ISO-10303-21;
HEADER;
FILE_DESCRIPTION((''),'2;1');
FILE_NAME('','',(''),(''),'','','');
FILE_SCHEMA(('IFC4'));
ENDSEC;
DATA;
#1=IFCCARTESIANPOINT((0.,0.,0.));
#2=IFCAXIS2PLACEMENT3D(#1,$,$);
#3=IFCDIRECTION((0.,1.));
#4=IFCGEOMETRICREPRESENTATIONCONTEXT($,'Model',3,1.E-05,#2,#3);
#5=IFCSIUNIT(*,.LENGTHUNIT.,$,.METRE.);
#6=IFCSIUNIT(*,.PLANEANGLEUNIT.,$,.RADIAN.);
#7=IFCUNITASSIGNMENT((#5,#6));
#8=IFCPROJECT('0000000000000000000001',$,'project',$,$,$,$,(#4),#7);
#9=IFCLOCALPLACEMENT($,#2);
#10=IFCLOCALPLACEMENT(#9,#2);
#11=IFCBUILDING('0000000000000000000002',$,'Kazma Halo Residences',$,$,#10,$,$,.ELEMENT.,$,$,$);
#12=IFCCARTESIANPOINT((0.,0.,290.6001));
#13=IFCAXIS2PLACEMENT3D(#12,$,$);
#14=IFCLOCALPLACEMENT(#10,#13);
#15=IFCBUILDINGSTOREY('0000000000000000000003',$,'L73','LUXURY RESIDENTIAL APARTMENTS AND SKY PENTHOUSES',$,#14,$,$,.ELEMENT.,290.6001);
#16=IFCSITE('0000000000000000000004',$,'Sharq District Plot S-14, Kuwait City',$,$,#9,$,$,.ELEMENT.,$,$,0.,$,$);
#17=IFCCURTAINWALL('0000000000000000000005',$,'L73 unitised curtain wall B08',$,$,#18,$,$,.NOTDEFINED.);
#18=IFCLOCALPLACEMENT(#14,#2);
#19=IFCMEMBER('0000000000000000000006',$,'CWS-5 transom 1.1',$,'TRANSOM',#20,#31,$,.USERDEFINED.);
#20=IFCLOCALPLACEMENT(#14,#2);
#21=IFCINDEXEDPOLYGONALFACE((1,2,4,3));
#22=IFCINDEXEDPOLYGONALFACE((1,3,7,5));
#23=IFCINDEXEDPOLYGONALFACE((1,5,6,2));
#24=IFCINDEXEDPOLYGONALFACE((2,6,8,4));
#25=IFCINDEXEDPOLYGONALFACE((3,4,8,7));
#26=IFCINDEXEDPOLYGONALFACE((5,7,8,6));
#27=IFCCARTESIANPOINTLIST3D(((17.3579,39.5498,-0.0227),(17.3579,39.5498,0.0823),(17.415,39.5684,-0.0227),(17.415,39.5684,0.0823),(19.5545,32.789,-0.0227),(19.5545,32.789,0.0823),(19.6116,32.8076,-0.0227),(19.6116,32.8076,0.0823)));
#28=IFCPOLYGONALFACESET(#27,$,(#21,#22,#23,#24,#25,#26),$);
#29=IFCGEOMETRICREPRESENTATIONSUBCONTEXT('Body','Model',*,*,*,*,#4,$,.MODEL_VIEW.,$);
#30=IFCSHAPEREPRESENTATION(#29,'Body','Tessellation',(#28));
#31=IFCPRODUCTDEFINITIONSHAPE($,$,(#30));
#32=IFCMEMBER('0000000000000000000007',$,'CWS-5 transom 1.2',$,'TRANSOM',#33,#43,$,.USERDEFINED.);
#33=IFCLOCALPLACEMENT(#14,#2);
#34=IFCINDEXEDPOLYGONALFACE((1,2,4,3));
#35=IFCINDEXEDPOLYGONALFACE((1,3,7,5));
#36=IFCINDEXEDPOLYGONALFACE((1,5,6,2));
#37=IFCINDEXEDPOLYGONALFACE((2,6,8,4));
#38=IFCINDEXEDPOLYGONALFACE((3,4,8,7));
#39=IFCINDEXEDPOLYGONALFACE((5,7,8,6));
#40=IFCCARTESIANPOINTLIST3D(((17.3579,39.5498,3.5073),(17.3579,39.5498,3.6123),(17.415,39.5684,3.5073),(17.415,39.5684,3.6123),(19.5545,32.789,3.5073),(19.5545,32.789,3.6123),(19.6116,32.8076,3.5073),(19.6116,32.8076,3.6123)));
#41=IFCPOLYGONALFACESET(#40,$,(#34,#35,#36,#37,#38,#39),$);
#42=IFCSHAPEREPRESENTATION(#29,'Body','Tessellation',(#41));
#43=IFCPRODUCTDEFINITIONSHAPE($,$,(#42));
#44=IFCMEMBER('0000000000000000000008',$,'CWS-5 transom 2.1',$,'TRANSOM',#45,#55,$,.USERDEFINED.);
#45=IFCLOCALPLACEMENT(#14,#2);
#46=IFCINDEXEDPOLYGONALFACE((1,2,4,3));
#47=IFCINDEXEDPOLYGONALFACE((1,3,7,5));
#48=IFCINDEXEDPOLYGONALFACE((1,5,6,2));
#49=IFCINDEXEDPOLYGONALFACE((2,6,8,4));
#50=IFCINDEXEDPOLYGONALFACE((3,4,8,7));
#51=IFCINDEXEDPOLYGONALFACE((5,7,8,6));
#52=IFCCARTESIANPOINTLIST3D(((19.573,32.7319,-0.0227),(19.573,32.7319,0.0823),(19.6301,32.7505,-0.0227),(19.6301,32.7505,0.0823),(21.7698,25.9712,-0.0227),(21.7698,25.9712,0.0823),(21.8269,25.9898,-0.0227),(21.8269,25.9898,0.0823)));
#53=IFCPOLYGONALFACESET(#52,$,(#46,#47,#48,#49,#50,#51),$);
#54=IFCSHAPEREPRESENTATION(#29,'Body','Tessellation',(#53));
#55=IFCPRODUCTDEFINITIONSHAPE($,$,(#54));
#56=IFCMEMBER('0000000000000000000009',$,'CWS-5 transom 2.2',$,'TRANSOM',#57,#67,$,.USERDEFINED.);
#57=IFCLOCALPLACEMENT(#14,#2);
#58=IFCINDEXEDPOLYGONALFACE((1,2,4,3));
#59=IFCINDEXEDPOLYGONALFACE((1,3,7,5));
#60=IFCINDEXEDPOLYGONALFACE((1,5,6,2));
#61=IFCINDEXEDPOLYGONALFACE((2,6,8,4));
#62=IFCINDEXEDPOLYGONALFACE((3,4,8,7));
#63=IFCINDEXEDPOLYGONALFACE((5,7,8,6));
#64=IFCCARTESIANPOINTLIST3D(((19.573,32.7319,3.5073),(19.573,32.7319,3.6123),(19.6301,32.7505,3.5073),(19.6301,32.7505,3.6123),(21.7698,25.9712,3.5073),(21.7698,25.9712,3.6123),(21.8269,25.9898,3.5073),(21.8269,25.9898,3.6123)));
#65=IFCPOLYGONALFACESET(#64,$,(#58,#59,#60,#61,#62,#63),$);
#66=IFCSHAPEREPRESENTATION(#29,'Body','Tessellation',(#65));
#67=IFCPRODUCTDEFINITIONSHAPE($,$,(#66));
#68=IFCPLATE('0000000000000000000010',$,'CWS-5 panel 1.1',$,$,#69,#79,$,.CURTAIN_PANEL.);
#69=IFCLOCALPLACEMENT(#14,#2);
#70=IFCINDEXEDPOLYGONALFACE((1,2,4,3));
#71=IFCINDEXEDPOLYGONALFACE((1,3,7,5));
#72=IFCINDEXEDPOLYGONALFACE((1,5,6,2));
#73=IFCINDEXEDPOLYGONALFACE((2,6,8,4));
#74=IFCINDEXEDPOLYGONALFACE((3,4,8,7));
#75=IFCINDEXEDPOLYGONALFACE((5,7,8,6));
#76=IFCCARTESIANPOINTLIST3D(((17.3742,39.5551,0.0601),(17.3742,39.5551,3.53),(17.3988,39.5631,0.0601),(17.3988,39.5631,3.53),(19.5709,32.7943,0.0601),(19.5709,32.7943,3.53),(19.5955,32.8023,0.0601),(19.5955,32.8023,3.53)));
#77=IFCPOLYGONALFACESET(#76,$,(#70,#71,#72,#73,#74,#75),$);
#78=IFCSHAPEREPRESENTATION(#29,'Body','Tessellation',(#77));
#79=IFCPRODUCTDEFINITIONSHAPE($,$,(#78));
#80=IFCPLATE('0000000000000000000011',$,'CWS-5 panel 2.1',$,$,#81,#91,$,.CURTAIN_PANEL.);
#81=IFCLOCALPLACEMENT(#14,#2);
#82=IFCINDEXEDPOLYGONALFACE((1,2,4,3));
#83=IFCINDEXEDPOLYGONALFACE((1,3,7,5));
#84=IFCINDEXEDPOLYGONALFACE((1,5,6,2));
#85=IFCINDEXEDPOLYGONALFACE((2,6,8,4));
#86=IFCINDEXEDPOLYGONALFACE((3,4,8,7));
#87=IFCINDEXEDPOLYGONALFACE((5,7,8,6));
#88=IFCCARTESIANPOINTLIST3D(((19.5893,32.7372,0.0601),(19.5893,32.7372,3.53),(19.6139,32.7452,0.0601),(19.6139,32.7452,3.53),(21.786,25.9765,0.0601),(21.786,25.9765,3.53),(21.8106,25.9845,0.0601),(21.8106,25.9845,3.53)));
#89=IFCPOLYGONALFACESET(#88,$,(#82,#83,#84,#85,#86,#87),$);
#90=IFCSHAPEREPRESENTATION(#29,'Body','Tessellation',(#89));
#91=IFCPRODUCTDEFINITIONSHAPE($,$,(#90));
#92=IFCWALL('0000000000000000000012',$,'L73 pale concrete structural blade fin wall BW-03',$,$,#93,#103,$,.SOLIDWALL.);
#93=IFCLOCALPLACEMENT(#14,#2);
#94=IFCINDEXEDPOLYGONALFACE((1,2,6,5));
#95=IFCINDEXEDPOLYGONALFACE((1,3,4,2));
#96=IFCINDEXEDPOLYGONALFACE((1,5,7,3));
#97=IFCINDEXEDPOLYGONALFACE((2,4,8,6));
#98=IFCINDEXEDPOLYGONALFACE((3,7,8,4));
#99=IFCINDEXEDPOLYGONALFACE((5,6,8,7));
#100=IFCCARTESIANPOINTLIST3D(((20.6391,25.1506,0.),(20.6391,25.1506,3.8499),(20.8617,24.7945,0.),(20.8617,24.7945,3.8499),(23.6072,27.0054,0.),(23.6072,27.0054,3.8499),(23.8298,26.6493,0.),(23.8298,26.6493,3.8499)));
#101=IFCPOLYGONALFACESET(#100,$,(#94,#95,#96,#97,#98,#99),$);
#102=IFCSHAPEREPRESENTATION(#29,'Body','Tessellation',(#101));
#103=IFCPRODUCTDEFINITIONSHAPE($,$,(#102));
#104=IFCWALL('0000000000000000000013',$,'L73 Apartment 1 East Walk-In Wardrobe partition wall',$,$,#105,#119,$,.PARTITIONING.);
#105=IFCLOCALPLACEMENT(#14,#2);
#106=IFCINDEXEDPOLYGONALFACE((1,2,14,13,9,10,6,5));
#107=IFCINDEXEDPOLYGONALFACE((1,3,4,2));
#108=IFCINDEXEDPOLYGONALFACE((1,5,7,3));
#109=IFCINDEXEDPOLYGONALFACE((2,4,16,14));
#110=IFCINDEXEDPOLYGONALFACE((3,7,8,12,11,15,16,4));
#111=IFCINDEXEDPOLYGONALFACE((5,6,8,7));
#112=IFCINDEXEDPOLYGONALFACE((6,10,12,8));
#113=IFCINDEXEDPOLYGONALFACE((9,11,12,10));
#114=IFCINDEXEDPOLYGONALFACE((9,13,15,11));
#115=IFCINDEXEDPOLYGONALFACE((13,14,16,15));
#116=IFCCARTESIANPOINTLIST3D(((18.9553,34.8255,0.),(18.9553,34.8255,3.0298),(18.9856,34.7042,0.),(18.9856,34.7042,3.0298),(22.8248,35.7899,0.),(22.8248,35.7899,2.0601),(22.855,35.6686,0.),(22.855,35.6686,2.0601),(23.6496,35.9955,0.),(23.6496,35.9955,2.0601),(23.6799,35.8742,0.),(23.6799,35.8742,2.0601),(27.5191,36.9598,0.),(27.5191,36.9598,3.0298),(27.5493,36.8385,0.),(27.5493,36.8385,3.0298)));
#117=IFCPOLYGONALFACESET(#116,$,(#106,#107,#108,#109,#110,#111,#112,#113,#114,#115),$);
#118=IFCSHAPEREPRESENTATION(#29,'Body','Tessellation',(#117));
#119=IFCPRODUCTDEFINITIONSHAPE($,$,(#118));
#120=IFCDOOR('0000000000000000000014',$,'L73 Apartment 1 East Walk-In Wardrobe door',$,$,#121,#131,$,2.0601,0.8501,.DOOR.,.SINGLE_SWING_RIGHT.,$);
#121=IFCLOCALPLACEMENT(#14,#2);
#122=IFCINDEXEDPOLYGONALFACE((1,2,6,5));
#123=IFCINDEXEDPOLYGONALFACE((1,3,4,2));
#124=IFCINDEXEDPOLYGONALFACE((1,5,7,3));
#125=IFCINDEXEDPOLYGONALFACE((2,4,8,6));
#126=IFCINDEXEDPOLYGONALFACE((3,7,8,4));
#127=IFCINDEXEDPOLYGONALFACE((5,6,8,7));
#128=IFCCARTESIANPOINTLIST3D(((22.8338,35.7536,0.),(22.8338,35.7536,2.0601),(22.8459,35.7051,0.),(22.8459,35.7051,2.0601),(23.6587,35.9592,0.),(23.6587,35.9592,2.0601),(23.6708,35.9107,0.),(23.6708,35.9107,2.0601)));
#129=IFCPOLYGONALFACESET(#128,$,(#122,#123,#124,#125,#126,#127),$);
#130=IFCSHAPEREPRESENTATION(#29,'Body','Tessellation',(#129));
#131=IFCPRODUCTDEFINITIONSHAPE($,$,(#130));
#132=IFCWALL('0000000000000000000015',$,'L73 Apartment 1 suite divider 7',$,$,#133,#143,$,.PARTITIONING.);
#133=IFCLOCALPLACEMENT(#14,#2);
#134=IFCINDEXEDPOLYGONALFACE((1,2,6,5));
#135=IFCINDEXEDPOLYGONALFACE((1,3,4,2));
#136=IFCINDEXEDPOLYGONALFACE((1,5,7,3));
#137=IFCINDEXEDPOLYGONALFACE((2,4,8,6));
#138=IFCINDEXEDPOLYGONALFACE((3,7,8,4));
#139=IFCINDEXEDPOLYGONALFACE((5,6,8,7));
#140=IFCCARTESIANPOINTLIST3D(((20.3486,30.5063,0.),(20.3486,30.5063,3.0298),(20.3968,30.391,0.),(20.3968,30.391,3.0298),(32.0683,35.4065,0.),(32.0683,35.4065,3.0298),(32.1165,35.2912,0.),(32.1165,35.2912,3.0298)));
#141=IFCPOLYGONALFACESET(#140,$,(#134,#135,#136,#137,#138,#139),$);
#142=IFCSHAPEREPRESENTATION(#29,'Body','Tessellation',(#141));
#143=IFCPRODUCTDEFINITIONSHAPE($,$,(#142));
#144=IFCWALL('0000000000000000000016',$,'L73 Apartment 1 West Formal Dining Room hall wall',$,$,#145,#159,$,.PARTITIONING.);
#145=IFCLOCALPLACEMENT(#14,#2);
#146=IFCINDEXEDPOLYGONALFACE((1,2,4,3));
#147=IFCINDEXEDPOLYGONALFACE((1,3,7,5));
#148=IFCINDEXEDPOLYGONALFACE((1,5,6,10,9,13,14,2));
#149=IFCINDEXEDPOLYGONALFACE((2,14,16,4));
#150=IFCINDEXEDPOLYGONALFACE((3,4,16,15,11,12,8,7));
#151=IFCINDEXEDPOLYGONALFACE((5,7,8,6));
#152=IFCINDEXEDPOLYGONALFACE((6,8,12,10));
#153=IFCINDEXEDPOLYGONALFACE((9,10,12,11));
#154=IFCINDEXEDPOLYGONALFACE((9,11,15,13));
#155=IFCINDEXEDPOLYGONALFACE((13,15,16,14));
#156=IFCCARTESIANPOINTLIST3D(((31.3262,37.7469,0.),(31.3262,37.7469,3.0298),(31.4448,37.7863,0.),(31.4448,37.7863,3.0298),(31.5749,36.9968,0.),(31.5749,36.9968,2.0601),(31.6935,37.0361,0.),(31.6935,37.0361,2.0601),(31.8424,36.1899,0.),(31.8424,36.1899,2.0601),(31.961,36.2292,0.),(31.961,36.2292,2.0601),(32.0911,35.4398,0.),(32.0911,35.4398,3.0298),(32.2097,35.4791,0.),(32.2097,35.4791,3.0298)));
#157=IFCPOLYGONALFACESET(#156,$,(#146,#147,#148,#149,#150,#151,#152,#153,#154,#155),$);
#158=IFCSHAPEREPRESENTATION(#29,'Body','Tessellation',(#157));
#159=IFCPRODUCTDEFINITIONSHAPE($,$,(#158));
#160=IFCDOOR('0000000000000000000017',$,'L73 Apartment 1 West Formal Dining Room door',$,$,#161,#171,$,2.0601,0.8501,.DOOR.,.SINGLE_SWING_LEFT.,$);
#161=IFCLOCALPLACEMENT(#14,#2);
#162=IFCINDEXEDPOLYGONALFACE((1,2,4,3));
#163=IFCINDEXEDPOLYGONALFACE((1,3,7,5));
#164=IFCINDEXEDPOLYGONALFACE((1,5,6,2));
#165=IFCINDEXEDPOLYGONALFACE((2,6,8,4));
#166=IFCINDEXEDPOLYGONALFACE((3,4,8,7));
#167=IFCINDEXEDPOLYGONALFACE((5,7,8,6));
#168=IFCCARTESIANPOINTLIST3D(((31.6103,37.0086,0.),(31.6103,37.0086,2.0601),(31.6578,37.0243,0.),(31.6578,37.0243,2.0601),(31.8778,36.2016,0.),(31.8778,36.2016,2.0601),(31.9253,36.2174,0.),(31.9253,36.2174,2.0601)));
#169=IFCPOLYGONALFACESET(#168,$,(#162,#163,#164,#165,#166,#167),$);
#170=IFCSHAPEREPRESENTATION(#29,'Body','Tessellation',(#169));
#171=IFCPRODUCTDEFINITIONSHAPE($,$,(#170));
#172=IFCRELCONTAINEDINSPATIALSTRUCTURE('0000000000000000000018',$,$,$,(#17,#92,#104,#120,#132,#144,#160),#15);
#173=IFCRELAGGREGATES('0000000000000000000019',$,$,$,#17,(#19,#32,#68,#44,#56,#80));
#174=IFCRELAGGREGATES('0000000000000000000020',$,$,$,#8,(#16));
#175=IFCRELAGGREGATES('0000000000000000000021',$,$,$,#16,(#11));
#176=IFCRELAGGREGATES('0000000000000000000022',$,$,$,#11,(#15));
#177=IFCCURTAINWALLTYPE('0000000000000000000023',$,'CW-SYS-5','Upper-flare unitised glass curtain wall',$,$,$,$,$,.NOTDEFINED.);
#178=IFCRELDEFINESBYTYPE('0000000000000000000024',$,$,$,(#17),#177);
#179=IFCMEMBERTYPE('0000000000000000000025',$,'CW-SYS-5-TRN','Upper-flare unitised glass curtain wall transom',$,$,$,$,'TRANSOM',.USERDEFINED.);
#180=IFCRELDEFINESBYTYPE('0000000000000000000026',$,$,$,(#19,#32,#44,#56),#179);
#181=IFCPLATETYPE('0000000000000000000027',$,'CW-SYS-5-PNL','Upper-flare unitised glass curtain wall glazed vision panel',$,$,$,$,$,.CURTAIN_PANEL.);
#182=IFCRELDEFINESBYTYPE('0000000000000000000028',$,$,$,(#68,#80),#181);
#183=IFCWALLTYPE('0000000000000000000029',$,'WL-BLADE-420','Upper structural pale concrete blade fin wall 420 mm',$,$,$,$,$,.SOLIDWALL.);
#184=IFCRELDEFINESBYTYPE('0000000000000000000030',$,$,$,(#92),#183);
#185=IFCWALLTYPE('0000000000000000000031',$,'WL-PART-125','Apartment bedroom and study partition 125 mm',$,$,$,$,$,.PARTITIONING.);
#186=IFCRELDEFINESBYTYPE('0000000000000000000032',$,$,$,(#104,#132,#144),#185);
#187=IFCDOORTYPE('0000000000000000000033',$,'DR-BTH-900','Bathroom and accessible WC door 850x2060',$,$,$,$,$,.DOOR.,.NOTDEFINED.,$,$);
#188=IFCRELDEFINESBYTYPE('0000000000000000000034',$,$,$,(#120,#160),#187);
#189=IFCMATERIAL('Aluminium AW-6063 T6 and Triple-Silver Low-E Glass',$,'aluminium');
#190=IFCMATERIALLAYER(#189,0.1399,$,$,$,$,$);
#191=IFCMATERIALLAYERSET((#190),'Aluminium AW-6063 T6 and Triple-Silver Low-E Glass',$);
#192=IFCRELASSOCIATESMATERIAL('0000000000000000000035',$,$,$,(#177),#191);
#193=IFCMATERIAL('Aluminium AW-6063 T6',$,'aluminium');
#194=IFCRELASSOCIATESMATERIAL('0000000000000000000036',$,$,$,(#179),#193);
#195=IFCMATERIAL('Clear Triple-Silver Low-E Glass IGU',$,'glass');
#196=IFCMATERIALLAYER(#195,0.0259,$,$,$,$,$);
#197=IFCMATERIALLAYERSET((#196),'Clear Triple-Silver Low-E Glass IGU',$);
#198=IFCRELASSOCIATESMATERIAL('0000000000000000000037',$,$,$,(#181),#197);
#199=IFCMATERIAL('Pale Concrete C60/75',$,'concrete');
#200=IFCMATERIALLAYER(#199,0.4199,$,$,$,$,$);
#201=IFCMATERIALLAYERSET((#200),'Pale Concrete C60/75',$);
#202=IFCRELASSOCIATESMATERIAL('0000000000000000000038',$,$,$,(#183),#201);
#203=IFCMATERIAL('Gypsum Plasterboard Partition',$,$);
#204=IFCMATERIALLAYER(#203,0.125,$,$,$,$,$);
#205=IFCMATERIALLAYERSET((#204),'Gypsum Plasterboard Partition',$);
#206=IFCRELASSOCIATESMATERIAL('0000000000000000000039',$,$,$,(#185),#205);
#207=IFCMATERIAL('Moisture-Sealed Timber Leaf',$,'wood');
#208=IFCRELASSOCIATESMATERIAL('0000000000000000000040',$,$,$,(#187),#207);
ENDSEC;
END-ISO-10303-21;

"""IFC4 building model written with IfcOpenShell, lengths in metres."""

from ifc_helpers import new_model, si_unit, direction, frame, frame_2d, origin, origin_2d, place, context, subcontext, project, spatial, rectangle, extrude, material, layer, layer_set, material_profile, profile_set, type_object, element, fill, aggregate, save


model = new_model("IFC4")

# Units and contexts
model_context = context("Model", 3, precision=1e-05, world=origin(), true_north=direction((0.0, 1.0)))
body_context = subcontext(model_context, "Body", "Model", "MODEL_VIEW")
ifc_project = project(units=[si_unit("LENGTHUNIT", "METRE"), si_unit("PLANEANGLEUNIT", "RADIAN")], contexts=[model_context])

# Site, building, storey
site_placement = place(None, origin())
site = spatial("IfcSite", under=ifc_project, at=site_placement, Name="Sharq District Plot S-14, Kuwait City", CompositionType="ELEMENT", RefElevation=0.0)
building_placement = place(site_placement, origin())
building = spatial("IfcBuilding", under=site, at=building_placement, Name="Kazma Halo Residences", CompositionType="ELEMENT")
storey_placement = place(building_placement, frame((0.0, 0.0, 290.6001)))
storey = spatial("IfcBuildingStorey", under=building, at=storey_placement, Name="L73", Description="LUXURY RESIDENTIAL APARTMENTS AND SKY PENTHOUSES", CompositionType="ELEMENT", Elevation=290.6001)

# Curtain wall, members, plates
ifc_material_1 = material(Name="Aluminium AW-6063 T6 and Triple-Silver Low-E Glass", Category="aluminium")
ifc_layer_1 = layer(ifc_material_1, 0.1399)
ifc_layer_set_1 = layer_set([ifc_layer_1], Name="Aluminium AW-6063 T6 and Triple-Silver Low-E Glass")
curtain_wall_type = type_object("IfcCurtainWallType", Name="CW-SYS-5", Description="Upper-flare unitised glass curtain wall", PredefinedType="NOTDEFINED", material=ifc_layer_set_1)
curtain_wall_placement = place(storey_placement, origin())
curtain_wall = element("IfcCurtainWall", 1, at=curtain_wall_placement, inside=storey, type_object=curtain_wall_type, Name="L73 unitised curtain wall B08", PredefinedType="NOTDEFINED")
ifc_material_2 = material(Name="Aluminium AW-6063 T6", Category="aluminium")
ifc_material_profile_1 = material_profile(ifc_material_2, rectangle(XDim=0.0601, YDim=0.105, at=origin_2d()), Name="CWT-60x105")
ifc_profile_set_1 = profile_set([ifc_material_profile_1], Name="Aluminium AW-6063 T6")
member_type_1 = type_object("IfcMemberType", Name="CW-SYS-5-TRN", Description="Upper-flare unitised glass curtain wall transom", ElementType="TRANSOM", PredefinedType="USERDEFINED", material=ifc_profile_set_1)
member_1_placement = place(storey_placement, frame((17.3865, 39.5591, 0.0298), z_axis=(0.308996, -0.951063, 0.0), x_axis=(0.951063, 0.308996, 0.0)))
member_1 = element("IfcMember", 2, at=member_1_placement, type_object=member_type_1, Name="CWS-5 transom 1.1", ObjectType="TRANSOM", PredefinedType="USERDEFINED", context=body_context, shape_type="SweptSolid", body=[
    extrude(rectangle(XDim=0.0601, YDim=0.105, at=origin_2d()), origin(), (0.0, 0.0, 1.0), 7.1086),
])
member_2_placement = place(storey_placement, frame((17.3865, 39.5591, 3.5598), z_axis=(0.308996, -0.951063, 0.0), x_axis=(0.951063, 0.308996, 0.0)))
member_2 = element("IfcMember", 3, at=member_2_placement, type_object=member_type_1, Name="CWS-5 transom 1.2", ObjectType="TRANSOM", PredefinedType="USERDEFINED", context=body_context, shape_type="SweptSolid", body=[
    extrude(rectangle(XDim=0.0601, YDim=0.105, at=origin_2d()), origin(), (0.0, 0.0, 1.0), 7.1086),
])
member_3_placement = place(storey_placement, frame((19.6016, 32.7412, 0.0298), z_axis=(0.309027, -0.951053, 0.0), x_axis=(0.951053, 0.309027, 0.0)))
member_3 = element("IfcMember", 4, at=member_3_placement, type_object=member_type_1, Name="CWS-5 transom 2.1", ObjectType="TRANSOM", PredefinedType="USERDEFINED", context=body_context, shape_type="SweptSolid", body=[
    extrude(rectangle(XDim=0.0601, YDim=0.105, at=origin_2d()), origin(), (0.0, 0.0, 1.0), 7.1086),
])
member_4_placement = place(storey_placement, frame((19.6016, 32.7412, 3.5598), z_axis=(0.309027, -0.951053, 0.0), x_axis=(0.951053, 0.309027, 0.0)))
member_4 = element("IfcMember", 5, at=member_4_placement, type_object=member_type_1, Name="CWS-5 transom 2.2", ObjectType="TRANSOM", PredefinedType="USERDEFINED", context=body_context, shape_type="SweptSolid", body=[
    extrude(rectangle(XDim=0.0601, YDim=0.105, at=origin_2d()), origin(), (0.0, 0.0, 1.0), 7.1086),
])
ifc_material_3 = material(Name="Clear Triple-Silver Low-E Glass IGU", Category="glass")
ifc_layer_2 = layer(ifc_material_3, 0.0259)
ifc_layer_set_2 = layer_set([ifc_layer_2], Name="Clear Triple-Silver Low-E Glass IGU")
plate_type = type_object("IfcPlateType", Name="CW-SYS-5-PNL", Description="Upper-flare unitised glass curtain wall glazed vision panel", PredefinedType="CURTAIN_PANEL", material=ifc_layer_set_2)
plate_1_placement = place(storey_placement, frame((18.4849, 36.1787, 0.0601), z_axis=(0.0, 0.0, 1.0), x_axis=(0.309011, -0.951058, 0.0)))
plate_1 = element("IfcPlate", 6, at=plate_1_placement, type_object=plate_type, Name="CWS-5 panel 1.1", PredefinedType="CURTAIN_PANEL", context=body_context, shape_type="SweptSolid", body=[
    extrude(rectangle(XDim=7.1086, YDim=0.0259, at=origin_2d()), origin(), (0.0, 0.0, 1.0), 3.47),
])
plate_2_placement = place(storey_placement, frame((20.7, 29.3608, 0.0601), z_axis=(0.0, 0.0, 1.0), x_axis=(0.309011, -0.951058, 0.0)))
plate_2 = element("IfcPlate", 7, at=plate_2_placement, type_object=plate_type, Name="CWS-5 panel 2.1", PredefinedType="CURTAIN_PANEL", context=body_context, shape_type="SweptSolid", body=[
    extrude(rectangle(XDim=7.1086, YDim=0.0259, at=origin_2d()), origin(), (0.0, 0.0, 1.0), 3.47),
])
aggregate(curtain_wall, [member_1, member_2, plate_1, member_3, member_4, plate_2])

# Wall
ifc_material_4 = material(Name="Pale Concrete C60/75", Category="concrete")
ifc_layer_3 = layer(ifc_material_4, 0.4199)
ifc_layer_set_3 = layer_set([ifc_layer_3], Name="Pale Concrete C60/75")
wall_type_1 = type_object("IfcWallType", Name="WL-BLADE-420", Description="Upper structural pale concrete blade fin wall 420 mm", PredefinedType="SOLIDWALL", material=ifc_layer_set_3)
wall_1_placement = place(storey_placement, frame((23.7185, 26.8274, 0.0), z_axis=(0.0, 0.0, 1.0), x_axis=(-0.848034, -0.529943, 0.0)))
element("IfcWall", 8, at=wall_1_placement, inside=storey, type_object=wall_type_1, Name="L73 pale concrete structural blade fin wall BW-03", PredefinedType="SOLIDWALL", context=body_context, shape_type="SweptSolid", body=[
    extrude(rectangle(XDim=3.5, YDim=0.4199, at=frame_2d((1.75, 0.0))), origin(), (0.0, 0.0, 1.0), 3.8499),
])

# Wall, opening, door
ifc_material_5 = material(Name="Gypsum Plasterboard Partition")
ifc_layer_4 = layer(ifc_material_5, 0.125)
ifc_layer_set_4 = layer_set([ifc_layer_4], Name="Gypsum Plasterboard Partition")
wall_type_2 = type_object("IfcWallType", Name="WL-PART-125", Description="Apartment bedroom and study partition 125 mm", PredefinedType="PARTITIONING", material=ifc_layer_set_4)
wall_2_placement = place(storey_placement, frame((27.5342, 36.8992, 0.0), z_axis=(0.0, 0.0, 1.0), x_axis=(-0.97032, -0.241826, 0.0)))
wall_2 = element("IfcWall", 9, at=wall_2_placement, inside=storey, type_object=wall_type_2, Name="L73 Apartment 1 East Walk-In Wardrobe partition wall", PredefinedType="PARTITIONING", context=body_context, shape_type="SweptSolid", body=[
    extrude(rectangle(XDim=8.8257, YDim=0.125, at=frame_2d((4.4128, 0.0))), origin(), (0.0, 0.0, 1.0), 3.0298),
])
opening_1_placement = place(wall_2_placement, frame((3.9878, 0.0, 0.0)))
opening_1 = element("IfcOpeningElement", 10, at=opening_1_placement, cuts=wall_2, PredefinedType="OPENING", context=body_context, shape_type="SweptSolid", body=[
    extrude(rectangle(XDim=0.8501, YDim=2.0601, at=frame_2d((0.425, 1.03))), frame((0.0, 0.0725, 0.0), z_axis=(0.0, -1.0, 0.0), x_axis=(1.0, 0.0, 0.0)), (0.0, 0.0, 1.0), 0.145),
])
ifc_material_6 = material(Name="Moisture-Sealed Timber Leaf", Category="wood")
door_type = type_object("IfcDoorType", Name="DR-BTH-900", Description="Bathroom and accessible WC door 850x2060", OperationType="NOTDEFINED", PredefinedType="DOOR", material=ifc_material_6)
door_1_placement = place(opening_1_placement, origin())
door_1 = element("IfcDoor", 11, at=door_1_placement, inside=storey, type_object=door_type, Name="L73 Apartment 1 East Walk-In Wardrobe door", OperationType="SINGLE_SWING_RIGHT", OverallHeight=2.0601, OverallWidth=0.8501, PredefinedType="DOOR", context=body_context, shape_type="SweptSolid", body=[
    extrude(rectangle(XDim=0.8501, YDim=2.0601, at=frame_2d((0.425, 1.03))), frame((0.0, 0.0249, 0.0), z_axis=(0.0, -1.0, 0.0), x_axis=(1.0, 0.0, 0.0)), (0.0, 0.0, 1.0), 0.05),
])
fill(opening_1, door_1)

# Wall
wall_3_placement = place(storey_placement, frame((32.0925, 35.3489, 0.0), z_axis=(0.0, 0.0, 1.0), x_axis=(-0.922603, -0.385751, 0.0)))
element("IfcWall", 12, at=wall_3_placement, inside=storey, type_object=wall_type_2, Name="L73 Apartment 1 suite divider 7", PredefinedType="PARTITIONING", context=body_context, shape_type="SweptSolid", body=[
    extrude(rectangle(XDim=12.7029, YDim=0.125, at=frame_2d((6.3516, 0.0))), origin(), (0.0, 0.0, 1.0), 3.0298),
])

# Wall, opening, door
wall_4_placement = place(storey_placement, frame((31.3855, 37.7666, 0.0), z_axis=(0.0, 0.0, 1.0), x_axis=(0.314691, -0.949194, 0.0)))
wall_4 = element("IfcWall", 13, at=wall_4_placement, inside=storey, type_object=wall_type_2, Name="L73 Apartment 1 West Formal Dining Room hall wall", PredefinedType="PARTITIONING", context=body_context, shape_type="SweptSolid", body=[
    extrude(rectangle(XDim=2.4307, YDim=0.125, at=frame_2d((1.2153, 0.0))), origin(), (0.0, 0.0, 1.0), 3.0298),
])
opening_2_placement = place(wall_4_placement, frame((0.7903, 0.0, 0.0)))
opening_2 = element("IfcOpeningElement", 14, at=opening_2_placement, cuts=wall_4, PredefinedType="OPENING", context=body_context, shape_type="SweptSolid", body=[
    extrude(rectangle(XDim=0.8501, YDim=2.0601, at=frame_2d((0.425, 1.03))), frame((0.0, 0.0725, 0.0), z_axis=(0.0, -1.0, 0.0), x_axis=(1.0, 0.0, 0.0)), (0.0, 0.0, 1.0), 0.145),
])
door_2_placement = place(opening_2_placement, origin())
door_2 = element("IfcDoor", 15, at=door_2_placement, inside=storey, type_object=door_type, Name="L73 Apartment 1 West Formal Dining Room door", OperationType="SINGLE_SWING_LEFT", OverallHeight=2.0601, OverallWidth=0.8501, PredefinedType="DOOR", context=body_context, shape_type="SweptSolid", body=[
    extrude(rectangle(XDim=0.8501, YDim=2.0601, at=frame_2d((0.425, 1.03))), frame((0.0, 0.0249, 0.0), z_axis=(0.0, -1.0, 0.0), x_axis=(1.0, 0.0, 0.0)), (0.0, 0.0, 1.0), 0.05),
])
fill(opening_2, door_2)

save(model, "model.ifc")
